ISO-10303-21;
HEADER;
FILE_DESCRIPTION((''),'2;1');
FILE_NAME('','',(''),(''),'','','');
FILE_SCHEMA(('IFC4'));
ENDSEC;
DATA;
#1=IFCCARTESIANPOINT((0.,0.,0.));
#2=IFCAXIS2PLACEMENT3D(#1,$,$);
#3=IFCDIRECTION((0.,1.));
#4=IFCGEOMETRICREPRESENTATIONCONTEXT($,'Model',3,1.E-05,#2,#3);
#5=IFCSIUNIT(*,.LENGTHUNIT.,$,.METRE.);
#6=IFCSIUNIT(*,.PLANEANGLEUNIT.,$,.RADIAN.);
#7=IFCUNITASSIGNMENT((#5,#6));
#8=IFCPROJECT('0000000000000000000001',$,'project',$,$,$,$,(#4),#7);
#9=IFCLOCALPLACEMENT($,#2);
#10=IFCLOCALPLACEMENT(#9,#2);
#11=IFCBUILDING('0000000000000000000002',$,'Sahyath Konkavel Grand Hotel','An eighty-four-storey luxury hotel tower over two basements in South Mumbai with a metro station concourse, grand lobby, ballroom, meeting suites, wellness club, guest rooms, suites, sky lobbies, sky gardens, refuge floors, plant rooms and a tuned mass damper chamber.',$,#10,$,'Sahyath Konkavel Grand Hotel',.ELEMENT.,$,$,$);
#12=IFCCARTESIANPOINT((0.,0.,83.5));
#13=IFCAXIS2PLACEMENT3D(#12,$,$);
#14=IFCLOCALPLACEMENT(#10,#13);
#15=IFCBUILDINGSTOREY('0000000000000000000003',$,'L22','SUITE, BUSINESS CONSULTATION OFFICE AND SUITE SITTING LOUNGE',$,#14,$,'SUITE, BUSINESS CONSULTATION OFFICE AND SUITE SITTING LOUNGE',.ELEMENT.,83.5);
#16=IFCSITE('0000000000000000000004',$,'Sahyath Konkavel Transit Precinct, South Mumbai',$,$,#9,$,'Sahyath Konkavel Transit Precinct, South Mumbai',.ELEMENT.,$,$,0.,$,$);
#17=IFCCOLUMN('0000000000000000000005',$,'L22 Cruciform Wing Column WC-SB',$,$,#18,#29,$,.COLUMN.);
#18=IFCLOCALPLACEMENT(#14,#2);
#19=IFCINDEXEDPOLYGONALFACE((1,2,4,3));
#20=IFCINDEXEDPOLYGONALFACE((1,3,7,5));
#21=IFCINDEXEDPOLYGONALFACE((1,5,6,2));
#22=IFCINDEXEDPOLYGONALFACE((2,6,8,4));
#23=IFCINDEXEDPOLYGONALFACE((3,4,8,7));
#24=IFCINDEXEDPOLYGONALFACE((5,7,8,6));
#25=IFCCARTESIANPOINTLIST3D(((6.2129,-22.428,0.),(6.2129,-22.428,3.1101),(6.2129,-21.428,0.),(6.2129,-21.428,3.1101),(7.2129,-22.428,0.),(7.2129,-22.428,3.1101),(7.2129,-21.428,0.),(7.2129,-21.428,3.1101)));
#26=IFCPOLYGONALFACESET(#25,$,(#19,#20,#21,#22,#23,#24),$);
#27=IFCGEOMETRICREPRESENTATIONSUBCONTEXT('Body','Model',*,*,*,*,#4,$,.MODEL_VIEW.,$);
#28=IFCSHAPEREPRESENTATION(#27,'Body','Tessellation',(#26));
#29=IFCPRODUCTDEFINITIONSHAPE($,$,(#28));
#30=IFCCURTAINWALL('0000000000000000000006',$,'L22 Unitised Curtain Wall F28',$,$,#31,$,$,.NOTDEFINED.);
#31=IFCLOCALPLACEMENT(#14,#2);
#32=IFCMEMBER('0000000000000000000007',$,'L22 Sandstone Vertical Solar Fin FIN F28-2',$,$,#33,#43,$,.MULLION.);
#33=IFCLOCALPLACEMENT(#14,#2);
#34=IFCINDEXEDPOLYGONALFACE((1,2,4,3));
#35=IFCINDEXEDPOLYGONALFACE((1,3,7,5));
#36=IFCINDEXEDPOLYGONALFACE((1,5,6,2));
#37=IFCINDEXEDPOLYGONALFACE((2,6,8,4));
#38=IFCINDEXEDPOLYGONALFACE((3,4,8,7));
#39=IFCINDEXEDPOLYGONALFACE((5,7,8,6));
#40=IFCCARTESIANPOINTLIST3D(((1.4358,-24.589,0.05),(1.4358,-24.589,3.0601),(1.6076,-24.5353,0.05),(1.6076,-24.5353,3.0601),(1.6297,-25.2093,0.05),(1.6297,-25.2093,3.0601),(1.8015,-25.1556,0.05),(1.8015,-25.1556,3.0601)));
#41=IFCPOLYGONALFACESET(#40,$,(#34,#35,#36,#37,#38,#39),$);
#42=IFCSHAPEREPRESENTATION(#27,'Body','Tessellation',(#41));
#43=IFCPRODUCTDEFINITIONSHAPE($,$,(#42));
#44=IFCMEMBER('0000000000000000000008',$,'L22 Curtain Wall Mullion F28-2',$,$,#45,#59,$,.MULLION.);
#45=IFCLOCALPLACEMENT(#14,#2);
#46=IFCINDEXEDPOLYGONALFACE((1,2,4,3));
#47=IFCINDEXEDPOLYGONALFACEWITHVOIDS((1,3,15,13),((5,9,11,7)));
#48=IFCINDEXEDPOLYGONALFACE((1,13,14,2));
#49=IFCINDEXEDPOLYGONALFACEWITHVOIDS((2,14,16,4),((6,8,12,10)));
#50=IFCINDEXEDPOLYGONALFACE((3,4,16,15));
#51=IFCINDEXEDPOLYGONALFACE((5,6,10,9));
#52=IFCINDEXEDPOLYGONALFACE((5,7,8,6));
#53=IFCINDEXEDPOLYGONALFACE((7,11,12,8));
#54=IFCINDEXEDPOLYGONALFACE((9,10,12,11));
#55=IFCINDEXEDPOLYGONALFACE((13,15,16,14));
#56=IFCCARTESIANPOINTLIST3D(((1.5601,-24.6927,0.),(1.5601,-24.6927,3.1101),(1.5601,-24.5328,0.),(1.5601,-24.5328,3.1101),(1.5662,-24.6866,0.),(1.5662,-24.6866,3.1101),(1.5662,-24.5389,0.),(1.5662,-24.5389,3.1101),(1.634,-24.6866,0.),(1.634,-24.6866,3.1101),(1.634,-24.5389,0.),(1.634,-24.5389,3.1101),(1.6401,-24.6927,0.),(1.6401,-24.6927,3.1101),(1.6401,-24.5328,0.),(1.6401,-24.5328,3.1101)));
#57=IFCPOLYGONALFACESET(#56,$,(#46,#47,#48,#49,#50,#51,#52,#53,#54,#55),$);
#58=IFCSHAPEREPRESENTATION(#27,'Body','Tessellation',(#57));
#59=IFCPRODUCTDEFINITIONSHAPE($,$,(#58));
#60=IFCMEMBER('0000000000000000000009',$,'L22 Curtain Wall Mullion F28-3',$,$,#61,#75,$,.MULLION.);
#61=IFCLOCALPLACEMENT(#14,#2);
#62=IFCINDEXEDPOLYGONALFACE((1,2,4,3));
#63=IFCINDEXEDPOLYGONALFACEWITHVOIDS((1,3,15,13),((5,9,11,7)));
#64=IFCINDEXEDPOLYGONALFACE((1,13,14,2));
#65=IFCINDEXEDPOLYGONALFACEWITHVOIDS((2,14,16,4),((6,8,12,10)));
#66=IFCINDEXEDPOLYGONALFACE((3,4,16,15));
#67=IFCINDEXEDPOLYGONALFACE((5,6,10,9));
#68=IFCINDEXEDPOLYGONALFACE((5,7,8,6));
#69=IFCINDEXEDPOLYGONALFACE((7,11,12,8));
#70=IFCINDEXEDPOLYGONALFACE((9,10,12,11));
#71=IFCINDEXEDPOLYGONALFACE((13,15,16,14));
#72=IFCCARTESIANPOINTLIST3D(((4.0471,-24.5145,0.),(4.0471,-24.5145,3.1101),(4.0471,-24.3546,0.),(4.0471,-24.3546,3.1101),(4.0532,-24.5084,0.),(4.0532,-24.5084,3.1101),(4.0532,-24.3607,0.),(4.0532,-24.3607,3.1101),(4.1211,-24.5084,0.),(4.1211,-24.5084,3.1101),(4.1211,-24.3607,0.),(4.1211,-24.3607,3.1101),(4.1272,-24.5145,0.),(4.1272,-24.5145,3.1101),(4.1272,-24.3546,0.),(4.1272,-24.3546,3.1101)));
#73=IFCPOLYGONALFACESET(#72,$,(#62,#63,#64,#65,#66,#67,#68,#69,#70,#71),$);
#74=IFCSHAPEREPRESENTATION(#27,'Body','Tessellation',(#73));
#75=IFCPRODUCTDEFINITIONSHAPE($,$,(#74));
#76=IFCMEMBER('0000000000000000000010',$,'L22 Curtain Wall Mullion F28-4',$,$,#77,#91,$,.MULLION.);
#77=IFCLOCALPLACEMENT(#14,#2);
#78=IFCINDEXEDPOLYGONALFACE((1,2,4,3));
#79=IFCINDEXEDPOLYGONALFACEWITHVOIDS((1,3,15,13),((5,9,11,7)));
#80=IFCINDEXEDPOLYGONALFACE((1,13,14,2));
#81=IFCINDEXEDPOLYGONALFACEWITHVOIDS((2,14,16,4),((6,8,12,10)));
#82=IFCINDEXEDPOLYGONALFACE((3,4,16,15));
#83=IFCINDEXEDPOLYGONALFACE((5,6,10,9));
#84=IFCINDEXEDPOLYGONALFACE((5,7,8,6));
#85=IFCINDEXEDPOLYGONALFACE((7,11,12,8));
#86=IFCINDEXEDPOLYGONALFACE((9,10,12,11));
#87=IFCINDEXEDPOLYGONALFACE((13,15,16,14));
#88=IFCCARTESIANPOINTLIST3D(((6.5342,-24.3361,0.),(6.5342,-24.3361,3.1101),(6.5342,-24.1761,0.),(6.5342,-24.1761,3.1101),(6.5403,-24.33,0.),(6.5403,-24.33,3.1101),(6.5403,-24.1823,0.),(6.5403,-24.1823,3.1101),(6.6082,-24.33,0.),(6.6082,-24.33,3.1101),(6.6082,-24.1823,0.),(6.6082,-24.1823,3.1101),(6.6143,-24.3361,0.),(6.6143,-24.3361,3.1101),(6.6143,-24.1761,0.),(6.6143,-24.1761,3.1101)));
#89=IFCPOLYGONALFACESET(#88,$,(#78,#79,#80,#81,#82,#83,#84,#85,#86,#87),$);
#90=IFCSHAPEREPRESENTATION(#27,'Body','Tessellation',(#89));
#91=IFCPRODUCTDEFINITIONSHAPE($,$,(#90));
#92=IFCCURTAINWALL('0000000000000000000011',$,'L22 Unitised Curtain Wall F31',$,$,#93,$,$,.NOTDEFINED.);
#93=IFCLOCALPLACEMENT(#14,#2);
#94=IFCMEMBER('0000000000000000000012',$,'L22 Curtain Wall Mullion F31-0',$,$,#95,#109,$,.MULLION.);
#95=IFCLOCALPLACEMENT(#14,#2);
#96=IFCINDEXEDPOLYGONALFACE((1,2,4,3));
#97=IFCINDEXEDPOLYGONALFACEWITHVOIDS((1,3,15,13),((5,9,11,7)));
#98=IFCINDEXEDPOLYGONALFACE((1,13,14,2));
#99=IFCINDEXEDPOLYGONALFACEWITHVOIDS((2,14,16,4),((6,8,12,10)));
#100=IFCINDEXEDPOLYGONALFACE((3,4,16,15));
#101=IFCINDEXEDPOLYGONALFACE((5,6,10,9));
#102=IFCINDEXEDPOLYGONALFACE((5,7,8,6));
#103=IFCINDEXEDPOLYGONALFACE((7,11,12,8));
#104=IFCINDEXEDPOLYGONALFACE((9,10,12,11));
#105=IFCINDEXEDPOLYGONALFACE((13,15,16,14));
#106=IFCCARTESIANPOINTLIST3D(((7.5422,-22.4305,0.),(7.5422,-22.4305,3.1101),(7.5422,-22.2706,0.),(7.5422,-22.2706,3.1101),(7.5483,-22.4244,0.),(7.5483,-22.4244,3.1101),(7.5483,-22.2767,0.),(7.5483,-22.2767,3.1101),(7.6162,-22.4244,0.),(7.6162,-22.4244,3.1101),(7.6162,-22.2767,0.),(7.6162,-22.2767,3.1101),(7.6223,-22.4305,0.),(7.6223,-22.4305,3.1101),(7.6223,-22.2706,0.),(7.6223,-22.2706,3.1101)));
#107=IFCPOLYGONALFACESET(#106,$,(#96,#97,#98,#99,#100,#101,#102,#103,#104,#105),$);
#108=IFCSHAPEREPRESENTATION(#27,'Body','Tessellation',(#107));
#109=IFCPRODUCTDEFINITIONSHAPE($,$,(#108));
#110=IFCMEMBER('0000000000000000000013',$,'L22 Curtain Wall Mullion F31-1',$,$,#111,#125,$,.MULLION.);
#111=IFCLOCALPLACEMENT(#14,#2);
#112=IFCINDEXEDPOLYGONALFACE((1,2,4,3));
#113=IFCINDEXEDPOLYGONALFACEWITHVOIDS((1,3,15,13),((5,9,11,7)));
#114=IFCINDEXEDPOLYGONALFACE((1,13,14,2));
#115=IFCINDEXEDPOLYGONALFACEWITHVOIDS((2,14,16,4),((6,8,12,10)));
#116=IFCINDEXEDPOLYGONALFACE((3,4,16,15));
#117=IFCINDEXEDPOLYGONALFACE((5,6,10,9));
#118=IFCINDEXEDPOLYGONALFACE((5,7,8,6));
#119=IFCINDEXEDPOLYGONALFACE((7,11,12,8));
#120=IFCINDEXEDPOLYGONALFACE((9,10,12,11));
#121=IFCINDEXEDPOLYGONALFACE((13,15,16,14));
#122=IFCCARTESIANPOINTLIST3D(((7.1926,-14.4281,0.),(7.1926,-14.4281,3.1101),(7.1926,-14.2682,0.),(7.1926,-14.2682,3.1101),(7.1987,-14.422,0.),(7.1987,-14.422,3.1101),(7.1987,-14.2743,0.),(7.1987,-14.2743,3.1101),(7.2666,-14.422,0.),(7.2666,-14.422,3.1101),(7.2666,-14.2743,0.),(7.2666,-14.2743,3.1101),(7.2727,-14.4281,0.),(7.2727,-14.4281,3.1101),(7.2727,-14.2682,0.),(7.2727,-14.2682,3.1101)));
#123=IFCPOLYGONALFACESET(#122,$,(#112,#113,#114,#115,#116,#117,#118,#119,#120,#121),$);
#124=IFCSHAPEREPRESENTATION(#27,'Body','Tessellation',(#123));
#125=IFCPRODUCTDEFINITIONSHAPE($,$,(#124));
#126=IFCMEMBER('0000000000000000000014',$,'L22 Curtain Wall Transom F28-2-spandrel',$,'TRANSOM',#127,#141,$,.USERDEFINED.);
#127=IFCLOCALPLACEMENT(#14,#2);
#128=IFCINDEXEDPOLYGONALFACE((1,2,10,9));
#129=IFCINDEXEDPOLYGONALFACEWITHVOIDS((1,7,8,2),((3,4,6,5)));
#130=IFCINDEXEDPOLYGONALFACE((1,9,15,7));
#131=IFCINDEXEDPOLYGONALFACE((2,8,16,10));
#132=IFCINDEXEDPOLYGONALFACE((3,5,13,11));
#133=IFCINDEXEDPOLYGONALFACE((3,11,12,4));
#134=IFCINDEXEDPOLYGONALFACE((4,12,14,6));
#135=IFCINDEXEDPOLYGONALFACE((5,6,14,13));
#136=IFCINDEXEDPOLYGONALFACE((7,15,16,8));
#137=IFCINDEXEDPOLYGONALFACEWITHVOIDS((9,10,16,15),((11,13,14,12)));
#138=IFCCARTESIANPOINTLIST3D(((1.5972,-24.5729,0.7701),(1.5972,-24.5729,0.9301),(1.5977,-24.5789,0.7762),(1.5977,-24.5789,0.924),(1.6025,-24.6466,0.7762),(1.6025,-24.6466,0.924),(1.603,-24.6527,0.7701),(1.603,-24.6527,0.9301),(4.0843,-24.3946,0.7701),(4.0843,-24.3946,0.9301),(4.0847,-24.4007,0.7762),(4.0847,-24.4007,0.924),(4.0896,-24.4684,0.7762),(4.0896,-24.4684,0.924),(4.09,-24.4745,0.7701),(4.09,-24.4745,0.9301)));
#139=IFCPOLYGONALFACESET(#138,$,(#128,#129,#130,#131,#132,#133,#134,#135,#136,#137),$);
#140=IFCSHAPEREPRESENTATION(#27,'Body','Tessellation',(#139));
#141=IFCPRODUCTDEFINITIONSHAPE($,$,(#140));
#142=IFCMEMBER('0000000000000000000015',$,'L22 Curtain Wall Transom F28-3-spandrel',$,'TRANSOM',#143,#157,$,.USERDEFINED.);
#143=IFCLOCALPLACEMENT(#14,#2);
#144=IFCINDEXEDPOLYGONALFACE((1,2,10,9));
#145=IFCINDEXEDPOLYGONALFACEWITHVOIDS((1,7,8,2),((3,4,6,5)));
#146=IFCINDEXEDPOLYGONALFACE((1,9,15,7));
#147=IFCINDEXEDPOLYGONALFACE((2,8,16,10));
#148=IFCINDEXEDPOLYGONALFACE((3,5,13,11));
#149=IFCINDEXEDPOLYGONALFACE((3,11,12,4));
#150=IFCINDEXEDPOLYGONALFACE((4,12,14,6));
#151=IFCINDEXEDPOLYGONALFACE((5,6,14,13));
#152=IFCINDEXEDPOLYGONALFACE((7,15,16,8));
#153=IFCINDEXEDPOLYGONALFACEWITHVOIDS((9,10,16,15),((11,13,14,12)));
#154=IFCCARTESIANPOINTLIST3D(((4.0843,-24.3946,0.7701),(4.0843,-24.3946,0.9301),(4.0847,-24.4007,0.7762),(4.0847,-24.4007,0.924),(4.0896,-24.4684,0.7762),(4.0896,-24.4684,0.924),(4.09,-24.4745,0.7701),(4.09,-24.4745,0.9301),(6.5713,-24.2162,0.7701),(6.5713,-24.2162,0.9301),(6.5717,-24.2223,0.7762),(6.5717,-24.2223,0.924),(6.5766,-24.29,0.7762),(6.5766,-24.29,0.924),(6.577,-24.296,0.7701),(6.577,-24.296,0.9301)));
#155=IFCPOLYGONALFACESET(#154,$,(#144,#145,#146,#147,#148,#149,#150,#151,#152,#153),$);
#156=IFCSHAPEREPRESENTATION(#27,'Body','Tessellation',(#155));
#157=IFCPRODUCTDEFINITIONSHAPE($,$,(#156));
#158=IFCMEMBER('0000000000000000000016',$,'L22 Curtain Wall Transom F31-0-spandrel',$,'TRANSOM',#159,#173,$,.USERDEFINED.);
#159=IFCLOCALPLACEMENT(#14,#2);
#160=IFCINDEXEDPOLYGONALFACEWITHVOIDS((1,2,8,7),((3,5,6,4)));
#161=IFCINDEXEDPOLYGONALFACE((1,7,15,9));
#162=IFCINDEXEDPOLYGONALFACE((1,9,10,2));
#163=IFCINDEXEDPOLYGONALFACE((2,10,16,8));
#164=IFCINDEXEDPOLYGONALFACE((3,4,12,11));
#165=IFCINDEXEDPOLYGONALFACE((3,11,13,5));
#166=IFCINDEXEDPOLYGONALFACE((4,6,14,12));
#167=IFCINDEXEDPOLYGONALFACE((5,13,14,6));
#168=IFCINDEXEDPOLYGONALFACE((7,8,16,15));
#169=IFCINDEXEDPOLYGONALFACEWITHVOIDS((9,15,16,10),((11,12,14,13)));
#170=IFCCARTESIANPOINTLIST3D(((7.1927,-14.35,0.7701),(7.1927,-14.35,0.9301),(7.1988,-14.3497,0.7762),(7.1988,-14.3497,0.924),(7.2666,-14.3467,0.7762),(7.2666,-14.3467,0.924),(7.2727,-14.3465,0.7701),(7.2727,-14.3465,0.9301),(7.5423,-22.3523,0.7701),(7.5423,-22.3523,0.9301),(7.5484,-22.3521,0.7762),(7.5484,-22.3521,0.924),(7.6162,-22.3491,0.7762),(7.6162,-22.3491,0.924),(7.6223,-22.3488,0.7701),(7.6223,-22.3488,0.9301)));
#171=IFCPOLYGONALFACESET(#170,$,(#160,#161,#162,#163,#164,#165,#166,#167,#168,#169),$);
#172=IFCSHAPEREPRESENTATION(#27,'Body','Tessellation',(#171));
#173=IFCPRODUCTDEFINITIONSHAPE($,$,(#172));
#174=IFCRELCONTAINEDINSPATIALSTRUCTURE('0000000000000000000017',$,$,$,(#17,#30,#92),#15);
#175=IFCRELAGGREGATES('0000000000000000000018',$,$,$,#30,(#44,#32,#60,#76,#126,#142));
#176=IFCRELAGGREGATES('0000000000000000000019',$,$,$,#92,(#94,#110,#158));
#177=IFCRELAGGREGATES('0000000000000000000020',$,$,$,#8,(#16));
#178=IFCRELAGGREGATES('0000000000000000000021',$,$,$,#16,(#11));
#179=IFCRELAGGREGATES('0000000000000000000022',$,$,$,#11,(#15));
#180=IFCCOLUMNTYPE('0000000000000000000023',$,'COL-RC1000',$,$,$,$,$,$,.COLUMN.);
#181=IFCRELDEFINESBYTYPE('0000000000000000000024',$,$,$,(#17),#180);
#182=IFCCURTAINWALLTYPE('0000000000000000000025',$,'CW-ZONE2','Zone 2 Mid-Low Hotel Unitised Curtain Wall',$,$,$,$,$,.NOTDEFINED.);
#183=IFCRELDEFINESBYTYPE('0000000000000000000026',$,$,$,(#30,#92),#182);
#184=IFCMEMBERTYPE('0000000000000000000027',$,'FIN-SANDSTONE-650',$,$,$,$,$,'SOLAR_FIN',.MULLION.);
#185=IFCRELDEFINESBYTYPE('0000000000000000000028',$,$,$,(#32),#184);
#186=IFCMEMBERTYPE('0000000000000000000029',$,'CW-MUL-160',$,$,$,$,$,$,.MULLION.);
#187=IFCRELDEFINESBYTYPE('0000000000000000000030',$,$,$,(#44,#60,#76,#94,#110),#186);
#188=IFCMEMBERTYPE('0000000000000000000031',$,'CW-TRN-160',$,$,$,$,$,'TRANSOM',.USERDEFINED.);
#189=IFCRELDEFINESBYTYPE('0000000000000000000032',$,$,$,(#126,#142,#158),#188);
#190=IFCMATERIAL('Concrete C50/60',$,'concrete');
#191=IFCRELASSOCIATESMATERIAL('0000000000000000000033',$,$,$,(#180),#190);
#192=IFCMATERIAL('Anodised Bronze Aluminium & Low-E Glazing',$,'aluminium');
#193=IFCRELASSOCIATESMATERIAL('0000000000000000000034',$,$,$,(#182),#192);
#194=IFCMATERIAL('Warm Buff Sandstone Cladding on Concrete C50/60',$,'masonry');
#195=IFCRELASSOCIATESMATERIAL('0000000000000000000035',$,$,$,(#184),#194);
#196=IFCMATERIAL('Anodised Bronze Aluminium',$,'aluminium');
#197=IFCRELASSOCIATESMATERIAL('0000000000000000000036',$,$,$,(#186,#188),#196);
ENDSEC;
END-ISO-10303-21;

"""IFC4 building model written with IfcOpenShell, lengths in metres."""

from ifc_helpers import new_model, si_unit, direction, frame, origin, origin_2d, place, context, subcontext, project, spatial, rectangle, hollow_rectangle, extrude, source, transform, mapped, material, material_profile, profile_set, type_object, element, aggregate, save


model = new_model("IFC4")

# Units and contexts
model_context = context("Model", 3, precision=1e-05, world=origin(), true_north=direction((0.0, 1.0)))
body_context = subcontext(model_context, "Body", "Model", "MODEL_VIEW")
ifc_project = project(units=[si_unit("LENGTHUNIT", "METRE"), si_unit("PLANEANGLEUNIT", "RADIAN")], contexts=[model_context])

# Site, building, storey
site_placement = place(None, origin())
site = spatial("IfcSite", under=ifc_project, at=site_placement, Name="Sahyath Konkavel Transit Precinct, South Mumbai", LongName="Sahyath Konkavel Transit Precinct, South Mumbai", CompositionType="ELEMENT", RefElevation=0.0)
building_placement = place(site_placement, origin())
building = spatial("IfcBuilding", under=site, at=building_placement, Name="Sahyath Konkavel Grand Hotel", Description="An eighty-four-storey luxury hotel tower over two basements in South Mumbai with a metro station concourse, grand lobby, ballroom, meeting suites, wellness club, guest rooms, suites, sky lobbies, sky gardens, refuge floors, plant rooms and a tuned mass damper chamber.", LongName="Sahyath Konkavel Grand Hotel", CompositionType="ELEMENT")
storey_placement = place(building_placement, frame((0.0, 0.0, 83.5)))
storey = spatial("IfcBuildingStorey", under=building, at=storey_placement, Name="L22", Description="SUITE, BUSINESS CONSULTATION OFFICE AND SUITE SITTING LOUNGE", LongName="SUITE, BUSINESS CONSULTATION OFFICE AND SUITE SITTING LOUNGE", CompositionType="ELEMENT", Elevation=83.5)

# Column
ifc_material_1 = material(Name="Concrete C50/60", Category="concrete")
ifc_material_profile_1 = material_profile(ifc_material_1, rectangle(XDim=1.0, YDim=1.0, at=origin_2d()), Name="RC 1000x1000")
ifc_profile_set_1 = profile_set([ifc_material_profile_1], Name="Concrete C50/60")
column_type = type_object("IfcColumnType", Name="COL-RC1000", PredefinedType="COLUMN", material=ifc_profile_set_1)
shared_shape_1 = source(origin(), body_context, "Body", "SweptSolid", [
    extrude(rectangle(XDim=1.0, YDim=1.0, at=origin_2d()), origin(), (0.0, 0.0, 1.0), 3.1101),
])
column_placement = place(storey_placement, frame((6.7129, -21.928, 0.0), z_axis=(0.0, 0.0, 1.0), x_axis=(1.0, 0.0, 0.0)))
element("IfcColumn", 1, at=column_placement, inside=storey, type_object=column_type, Name="L22 Cruciform Wing Column WC-SB", PredefinedType="COLUMN", context=body_context, shape_type="MappedRepresentation", body=[
    mapped(shared_shape_1, transform((0.0, 0.0, 0.0), scale=1.0)),
])

# Curtain walls, members
ifc_material_2 = material(Name="Anodised Bronze Aluminium & Low-E Glazing", Category="aluminium")
curtain_wall_type = type_object("IfcCurtainWallType", Name="CW-ZONE2", Description="Zone 2 Mid-Low Hotel Unitised Curtain Wall", PredefinedType="NOTDEFINED", material=ifc_material_2)
curtain_wall_1_placement = place(storey_placement, origin())
curtain_wall_1 = element("IfcCurtainWall", 2, at=curtain_wall_1_placement, inside=storey, type_object=curtain_wall_type, Name="L22 Unitised Curtain Wall F28", PredefinedType="NOTDEFINED")
ifc_material_3 = material(Name="Warm Buff Sandstone Cladding on Concrete C50/60", Category="masonry")
ifc_material_profile_2 = material_profile(ifc_material_3, rectangle(XDim=0.1799, YDim=0.6499, at=origin_2d()), Name="FIN 180x650")
ifc_profile_set_2 = profile_set([ifc_material_profile_2], Name="Warm Buff Sandstone Cladding on Concrete C50/60")
member_type_1 = type_object("IfcMemberType", Name="FIN-SANDSTONE-650", ElementType="SOLAR_FIN", PredefinedType="MULLION", material=ifc_profile_set_2)
shared_shape_2 = source(origin(), body_context, "Body", "SweptSolid", [
    extrude(rectangle(XDim=0.1799, YDim=0.6499, at=origin_2d()), origin(), (0.0, 0.0, 1.0), 3.01),
])
member_1_placement = place(storey_placement, frame((1.6187, -24.8723, 0.05), z_axis=(0.0, 0.0, 1.0), x_axis=(0.954449, 0.298375, 0.0)))
member_1 = element("IfcMember", 3, at=member_1_placement, type_object=member_type_1, Name="L22 Sandstone Vertical Solar Fin FIN F28-2", PredefinedType="MULLION", context=body_context, shape_type="MappedRepresentation", body=[
    mapped(shared_shape_2, transform((0.0, 0.0, 0.0), scale=1.0)),
])
ifc_material_4 = material(Name="Anodised Bronze Aluminium", Category="aluminium")
ifc_material_profile_3 = material_profile(ifc_material_4, hollow_rectangle(XDim=0.0801, YDim=0.1599, WallThickness=0.0061, at=origin_2d()), Name="RHS 160x80x6")
ifc_profile_set_3 = profile_set([ifc_material_profile_3], Name="Anodised Bronze Aluminium")
member_type_2 = type_object("IfcMemberType", Name="CW-MUL-160", PredefinedType="MULLION", material=ifc_profile_set_3)
shared_shape_3 = source(origin(), body_context, "Body", "SweptSolid", [
    extrude(hollow_rectangle(XDim=0.0801, YDim=0.1599, WallThickness=0.0061, at=origin_2d()), origin(), (0.0, 0.0, 1.0), 3.1101),
])
member_2_placement = place(storey_placement, frame((1.6001, -24.6128, 0.0), z_axis=(0.0, 0.0, 1.0), x_axis=(1.0, 0.0, 0.0)))
member_2 = element("IfcMember", 4, at=member_2_placement, type_object=member_type_2, Name="L22 Curtain Wall Mullion F28-2", PredefinedType="MULLION", context=body_context, shape_type="MappedRepresentation", body=[
    mapped(shared_shape_3, transform((0.0, 0.0, 0.0), scale=1.0)),
])
member_3_placement = place(storey_placement, frame((4.0872, -24.4346, 0.0), z_axis=(0.0, 0.0, 1.0), x_axis=(1.0, 0.0, 0.0)))
member_3 = element("IfcMember", 5, at=member_3_placement, type_object=member_type_2, Name="L22 Curtain Wall Mullion F28-3", PredefinedType="MULLION", context=body_context, shape_type="MappedRepresentation", body=[
    mapped(shared_shape_3, transform((0.0, 0.0, 0.0), scale=1.0)),
])
member_4_placement = place(storey_placement, frame((6.5742, -24.2561, 0.0), z_axis=(0.0, 0.0, 1.0), x_axis=(1.0, 0.0, 0.0)))
member_4 = element("IfcMember", 6, at=member_4_placement, type_object=member_type_2, Name="L22 Curtain Wall Mullion F28-4", PredefinedType="MULLION", context=body_context, shape_type="MappedRepresentation", body=[
    mapped(shared_shape_3, transform((0.0, 0.0, 0.0), scale=1.0)),
])
curtain_wall_2_placement = place(storey_placement, origin())
curtain_wall_2 = element("IfcCurtainWall", 7, at=curtain_wall_2_placement, inside=storey, type_object=curtain_wall_type, Name="L22 Unitised Curtain Wall F31", PredefinedType="NOTDEFINED")
member_5_placement = place(storey_placement, frame((7.5823, -22.3506, 0.0), z_axis=(0.0, 0.0, 1.0), x_axis=(1.0, 0.0, 0.0)))
member_5 = element("IfcMember", 8, at=member_5_placement, type_object=member_type_2, Name="L22 Curtain Wall Mullion F31-0", PredefinedType="MULLION", context=body_context, shape_type="MappedRepresentation", body=[
    mapped(shared_shape_3, transform((0.0, 0.0, 0.0), scale=1.0)),
])
member_6_placement = place(storey_placement, frame((7.2327, -14.3481, 0.0), z_axis=(0.0, 0.0, 1.0), x_axis=(1.0, 0.0, 0.0)))
member_6 = element("IfcMember", 9, at=member_6_placement, type_object=member_type_2, Name="L22 Curtain Wall Mullion F31-1", PredefinedType="MULLION", context=body_context, shape_type="MappedRepresentation", body=[
    mapped(shared_shape_3, transform((0.0, 0.0, 0.0), scale=1.0)),
])

# Members
ifc_material_profile_4 = material_profile(ifc_material_4, hollow_rectangle(XDim=0.0801, YDim=0.1599, WallThickness=0.0061, at=origin_2d()), Name="RHS 160x80x6")
ifc_profile_set_4 = profile_set([ifc_material_profile_4], Name="Anodised Bronze Aluminium")
member_type_3 = type_object("IfcMemberType", Name="CW-TRN-160", ElementType="TRANSOM", PredefinedType="USERDEFINED", material=ifc_profile_set_4)
shared_shape_4 = source(origin(), body_context, "Body", "SweptSolid", [
    extrude(hollow_rectangle(XDim=0.0801, YDim=0.1599, WallThickness=0.0061, at=origin_2d()), origin(), (0.0, 0.0, 1.0), 2.4934),
])
member_7_placement = place(storey_placement, frame((1.6001, -24.6128, 0.8501), z_axis=(0.997442, 0.071477, 0.0), x_axis=(-0.071477, 0.997442, 0.0)))
member_7 = element("IfcMember", 10, at=member_7_placement, type_object=member_type_3, Name="L22 Curtain Wall Transom F28-2-spandrel", ObjectType="TRANSOM", PredefinedType="USERDEFINED", context=body_context, shape_type="MappedRepresentation", body=[
    mapped(shared_shape_4, transform((0.0, 0.0, 0.0), scale=1.0)),
])
member_8_placement = place(storey_placement, frame((4.0872, -24.4346, 0.8501), z_axis=(0.997435, 0.071574, 0.0), x_axis=(-0.071574, 0.997435, 0.0)))
member_8 = element("IfcMember", 11, at=member_8_placement, type_object=member_type_3, Name="L22 Curtain Wall Transom F28-3-spandrel", ObjectType="TRANSOM", PredefinedType="USERDEFINED", context=body_context, shape_type="MappedRepresentation", body=[
    mapped(shared_shape_4, transform((0.0, 0.0, 0.0), scale=1.0)),
])
shared_shape_5 = source(origin(), body_context, "Body", "SweptSolid", [
    extrude(hollow_rectangle(XDim=0.0801, YDim=0.1599, WallThickness=0.0061, at=origin_2d()), origin(), (0.0, 0.0, 1.0), 8.01),
])
member_9_placement = place(storey_placement, frame((7.5823, -22.3506, 0.8501), z_axis=(-0.043646, 0.999047, 0.0), x_axis=(-0.999047, -0.043646, 0.0)))
member_9 = element("IfcMember", 12, at=member_9_placement, type_object=member_type_3, Name="L22 Curtain Wall Transom F31-0-spandrel", ObjectType="TRANSOM", PredefinedType="USERDEFINED", context=body_context, shape_type="MappedRepresentation", body=[
    mapped(shared_shape_5, transform((0.0, 0.0, 0.0), scale=1.0)),
])

aggregate(curtain_wall_1, [member_2, member_1, member_3, member_4, member_7, member_8])
aggregate(curtain_wall_2, [member_5, member_6, member_9])

save(model, "model.ifc")
